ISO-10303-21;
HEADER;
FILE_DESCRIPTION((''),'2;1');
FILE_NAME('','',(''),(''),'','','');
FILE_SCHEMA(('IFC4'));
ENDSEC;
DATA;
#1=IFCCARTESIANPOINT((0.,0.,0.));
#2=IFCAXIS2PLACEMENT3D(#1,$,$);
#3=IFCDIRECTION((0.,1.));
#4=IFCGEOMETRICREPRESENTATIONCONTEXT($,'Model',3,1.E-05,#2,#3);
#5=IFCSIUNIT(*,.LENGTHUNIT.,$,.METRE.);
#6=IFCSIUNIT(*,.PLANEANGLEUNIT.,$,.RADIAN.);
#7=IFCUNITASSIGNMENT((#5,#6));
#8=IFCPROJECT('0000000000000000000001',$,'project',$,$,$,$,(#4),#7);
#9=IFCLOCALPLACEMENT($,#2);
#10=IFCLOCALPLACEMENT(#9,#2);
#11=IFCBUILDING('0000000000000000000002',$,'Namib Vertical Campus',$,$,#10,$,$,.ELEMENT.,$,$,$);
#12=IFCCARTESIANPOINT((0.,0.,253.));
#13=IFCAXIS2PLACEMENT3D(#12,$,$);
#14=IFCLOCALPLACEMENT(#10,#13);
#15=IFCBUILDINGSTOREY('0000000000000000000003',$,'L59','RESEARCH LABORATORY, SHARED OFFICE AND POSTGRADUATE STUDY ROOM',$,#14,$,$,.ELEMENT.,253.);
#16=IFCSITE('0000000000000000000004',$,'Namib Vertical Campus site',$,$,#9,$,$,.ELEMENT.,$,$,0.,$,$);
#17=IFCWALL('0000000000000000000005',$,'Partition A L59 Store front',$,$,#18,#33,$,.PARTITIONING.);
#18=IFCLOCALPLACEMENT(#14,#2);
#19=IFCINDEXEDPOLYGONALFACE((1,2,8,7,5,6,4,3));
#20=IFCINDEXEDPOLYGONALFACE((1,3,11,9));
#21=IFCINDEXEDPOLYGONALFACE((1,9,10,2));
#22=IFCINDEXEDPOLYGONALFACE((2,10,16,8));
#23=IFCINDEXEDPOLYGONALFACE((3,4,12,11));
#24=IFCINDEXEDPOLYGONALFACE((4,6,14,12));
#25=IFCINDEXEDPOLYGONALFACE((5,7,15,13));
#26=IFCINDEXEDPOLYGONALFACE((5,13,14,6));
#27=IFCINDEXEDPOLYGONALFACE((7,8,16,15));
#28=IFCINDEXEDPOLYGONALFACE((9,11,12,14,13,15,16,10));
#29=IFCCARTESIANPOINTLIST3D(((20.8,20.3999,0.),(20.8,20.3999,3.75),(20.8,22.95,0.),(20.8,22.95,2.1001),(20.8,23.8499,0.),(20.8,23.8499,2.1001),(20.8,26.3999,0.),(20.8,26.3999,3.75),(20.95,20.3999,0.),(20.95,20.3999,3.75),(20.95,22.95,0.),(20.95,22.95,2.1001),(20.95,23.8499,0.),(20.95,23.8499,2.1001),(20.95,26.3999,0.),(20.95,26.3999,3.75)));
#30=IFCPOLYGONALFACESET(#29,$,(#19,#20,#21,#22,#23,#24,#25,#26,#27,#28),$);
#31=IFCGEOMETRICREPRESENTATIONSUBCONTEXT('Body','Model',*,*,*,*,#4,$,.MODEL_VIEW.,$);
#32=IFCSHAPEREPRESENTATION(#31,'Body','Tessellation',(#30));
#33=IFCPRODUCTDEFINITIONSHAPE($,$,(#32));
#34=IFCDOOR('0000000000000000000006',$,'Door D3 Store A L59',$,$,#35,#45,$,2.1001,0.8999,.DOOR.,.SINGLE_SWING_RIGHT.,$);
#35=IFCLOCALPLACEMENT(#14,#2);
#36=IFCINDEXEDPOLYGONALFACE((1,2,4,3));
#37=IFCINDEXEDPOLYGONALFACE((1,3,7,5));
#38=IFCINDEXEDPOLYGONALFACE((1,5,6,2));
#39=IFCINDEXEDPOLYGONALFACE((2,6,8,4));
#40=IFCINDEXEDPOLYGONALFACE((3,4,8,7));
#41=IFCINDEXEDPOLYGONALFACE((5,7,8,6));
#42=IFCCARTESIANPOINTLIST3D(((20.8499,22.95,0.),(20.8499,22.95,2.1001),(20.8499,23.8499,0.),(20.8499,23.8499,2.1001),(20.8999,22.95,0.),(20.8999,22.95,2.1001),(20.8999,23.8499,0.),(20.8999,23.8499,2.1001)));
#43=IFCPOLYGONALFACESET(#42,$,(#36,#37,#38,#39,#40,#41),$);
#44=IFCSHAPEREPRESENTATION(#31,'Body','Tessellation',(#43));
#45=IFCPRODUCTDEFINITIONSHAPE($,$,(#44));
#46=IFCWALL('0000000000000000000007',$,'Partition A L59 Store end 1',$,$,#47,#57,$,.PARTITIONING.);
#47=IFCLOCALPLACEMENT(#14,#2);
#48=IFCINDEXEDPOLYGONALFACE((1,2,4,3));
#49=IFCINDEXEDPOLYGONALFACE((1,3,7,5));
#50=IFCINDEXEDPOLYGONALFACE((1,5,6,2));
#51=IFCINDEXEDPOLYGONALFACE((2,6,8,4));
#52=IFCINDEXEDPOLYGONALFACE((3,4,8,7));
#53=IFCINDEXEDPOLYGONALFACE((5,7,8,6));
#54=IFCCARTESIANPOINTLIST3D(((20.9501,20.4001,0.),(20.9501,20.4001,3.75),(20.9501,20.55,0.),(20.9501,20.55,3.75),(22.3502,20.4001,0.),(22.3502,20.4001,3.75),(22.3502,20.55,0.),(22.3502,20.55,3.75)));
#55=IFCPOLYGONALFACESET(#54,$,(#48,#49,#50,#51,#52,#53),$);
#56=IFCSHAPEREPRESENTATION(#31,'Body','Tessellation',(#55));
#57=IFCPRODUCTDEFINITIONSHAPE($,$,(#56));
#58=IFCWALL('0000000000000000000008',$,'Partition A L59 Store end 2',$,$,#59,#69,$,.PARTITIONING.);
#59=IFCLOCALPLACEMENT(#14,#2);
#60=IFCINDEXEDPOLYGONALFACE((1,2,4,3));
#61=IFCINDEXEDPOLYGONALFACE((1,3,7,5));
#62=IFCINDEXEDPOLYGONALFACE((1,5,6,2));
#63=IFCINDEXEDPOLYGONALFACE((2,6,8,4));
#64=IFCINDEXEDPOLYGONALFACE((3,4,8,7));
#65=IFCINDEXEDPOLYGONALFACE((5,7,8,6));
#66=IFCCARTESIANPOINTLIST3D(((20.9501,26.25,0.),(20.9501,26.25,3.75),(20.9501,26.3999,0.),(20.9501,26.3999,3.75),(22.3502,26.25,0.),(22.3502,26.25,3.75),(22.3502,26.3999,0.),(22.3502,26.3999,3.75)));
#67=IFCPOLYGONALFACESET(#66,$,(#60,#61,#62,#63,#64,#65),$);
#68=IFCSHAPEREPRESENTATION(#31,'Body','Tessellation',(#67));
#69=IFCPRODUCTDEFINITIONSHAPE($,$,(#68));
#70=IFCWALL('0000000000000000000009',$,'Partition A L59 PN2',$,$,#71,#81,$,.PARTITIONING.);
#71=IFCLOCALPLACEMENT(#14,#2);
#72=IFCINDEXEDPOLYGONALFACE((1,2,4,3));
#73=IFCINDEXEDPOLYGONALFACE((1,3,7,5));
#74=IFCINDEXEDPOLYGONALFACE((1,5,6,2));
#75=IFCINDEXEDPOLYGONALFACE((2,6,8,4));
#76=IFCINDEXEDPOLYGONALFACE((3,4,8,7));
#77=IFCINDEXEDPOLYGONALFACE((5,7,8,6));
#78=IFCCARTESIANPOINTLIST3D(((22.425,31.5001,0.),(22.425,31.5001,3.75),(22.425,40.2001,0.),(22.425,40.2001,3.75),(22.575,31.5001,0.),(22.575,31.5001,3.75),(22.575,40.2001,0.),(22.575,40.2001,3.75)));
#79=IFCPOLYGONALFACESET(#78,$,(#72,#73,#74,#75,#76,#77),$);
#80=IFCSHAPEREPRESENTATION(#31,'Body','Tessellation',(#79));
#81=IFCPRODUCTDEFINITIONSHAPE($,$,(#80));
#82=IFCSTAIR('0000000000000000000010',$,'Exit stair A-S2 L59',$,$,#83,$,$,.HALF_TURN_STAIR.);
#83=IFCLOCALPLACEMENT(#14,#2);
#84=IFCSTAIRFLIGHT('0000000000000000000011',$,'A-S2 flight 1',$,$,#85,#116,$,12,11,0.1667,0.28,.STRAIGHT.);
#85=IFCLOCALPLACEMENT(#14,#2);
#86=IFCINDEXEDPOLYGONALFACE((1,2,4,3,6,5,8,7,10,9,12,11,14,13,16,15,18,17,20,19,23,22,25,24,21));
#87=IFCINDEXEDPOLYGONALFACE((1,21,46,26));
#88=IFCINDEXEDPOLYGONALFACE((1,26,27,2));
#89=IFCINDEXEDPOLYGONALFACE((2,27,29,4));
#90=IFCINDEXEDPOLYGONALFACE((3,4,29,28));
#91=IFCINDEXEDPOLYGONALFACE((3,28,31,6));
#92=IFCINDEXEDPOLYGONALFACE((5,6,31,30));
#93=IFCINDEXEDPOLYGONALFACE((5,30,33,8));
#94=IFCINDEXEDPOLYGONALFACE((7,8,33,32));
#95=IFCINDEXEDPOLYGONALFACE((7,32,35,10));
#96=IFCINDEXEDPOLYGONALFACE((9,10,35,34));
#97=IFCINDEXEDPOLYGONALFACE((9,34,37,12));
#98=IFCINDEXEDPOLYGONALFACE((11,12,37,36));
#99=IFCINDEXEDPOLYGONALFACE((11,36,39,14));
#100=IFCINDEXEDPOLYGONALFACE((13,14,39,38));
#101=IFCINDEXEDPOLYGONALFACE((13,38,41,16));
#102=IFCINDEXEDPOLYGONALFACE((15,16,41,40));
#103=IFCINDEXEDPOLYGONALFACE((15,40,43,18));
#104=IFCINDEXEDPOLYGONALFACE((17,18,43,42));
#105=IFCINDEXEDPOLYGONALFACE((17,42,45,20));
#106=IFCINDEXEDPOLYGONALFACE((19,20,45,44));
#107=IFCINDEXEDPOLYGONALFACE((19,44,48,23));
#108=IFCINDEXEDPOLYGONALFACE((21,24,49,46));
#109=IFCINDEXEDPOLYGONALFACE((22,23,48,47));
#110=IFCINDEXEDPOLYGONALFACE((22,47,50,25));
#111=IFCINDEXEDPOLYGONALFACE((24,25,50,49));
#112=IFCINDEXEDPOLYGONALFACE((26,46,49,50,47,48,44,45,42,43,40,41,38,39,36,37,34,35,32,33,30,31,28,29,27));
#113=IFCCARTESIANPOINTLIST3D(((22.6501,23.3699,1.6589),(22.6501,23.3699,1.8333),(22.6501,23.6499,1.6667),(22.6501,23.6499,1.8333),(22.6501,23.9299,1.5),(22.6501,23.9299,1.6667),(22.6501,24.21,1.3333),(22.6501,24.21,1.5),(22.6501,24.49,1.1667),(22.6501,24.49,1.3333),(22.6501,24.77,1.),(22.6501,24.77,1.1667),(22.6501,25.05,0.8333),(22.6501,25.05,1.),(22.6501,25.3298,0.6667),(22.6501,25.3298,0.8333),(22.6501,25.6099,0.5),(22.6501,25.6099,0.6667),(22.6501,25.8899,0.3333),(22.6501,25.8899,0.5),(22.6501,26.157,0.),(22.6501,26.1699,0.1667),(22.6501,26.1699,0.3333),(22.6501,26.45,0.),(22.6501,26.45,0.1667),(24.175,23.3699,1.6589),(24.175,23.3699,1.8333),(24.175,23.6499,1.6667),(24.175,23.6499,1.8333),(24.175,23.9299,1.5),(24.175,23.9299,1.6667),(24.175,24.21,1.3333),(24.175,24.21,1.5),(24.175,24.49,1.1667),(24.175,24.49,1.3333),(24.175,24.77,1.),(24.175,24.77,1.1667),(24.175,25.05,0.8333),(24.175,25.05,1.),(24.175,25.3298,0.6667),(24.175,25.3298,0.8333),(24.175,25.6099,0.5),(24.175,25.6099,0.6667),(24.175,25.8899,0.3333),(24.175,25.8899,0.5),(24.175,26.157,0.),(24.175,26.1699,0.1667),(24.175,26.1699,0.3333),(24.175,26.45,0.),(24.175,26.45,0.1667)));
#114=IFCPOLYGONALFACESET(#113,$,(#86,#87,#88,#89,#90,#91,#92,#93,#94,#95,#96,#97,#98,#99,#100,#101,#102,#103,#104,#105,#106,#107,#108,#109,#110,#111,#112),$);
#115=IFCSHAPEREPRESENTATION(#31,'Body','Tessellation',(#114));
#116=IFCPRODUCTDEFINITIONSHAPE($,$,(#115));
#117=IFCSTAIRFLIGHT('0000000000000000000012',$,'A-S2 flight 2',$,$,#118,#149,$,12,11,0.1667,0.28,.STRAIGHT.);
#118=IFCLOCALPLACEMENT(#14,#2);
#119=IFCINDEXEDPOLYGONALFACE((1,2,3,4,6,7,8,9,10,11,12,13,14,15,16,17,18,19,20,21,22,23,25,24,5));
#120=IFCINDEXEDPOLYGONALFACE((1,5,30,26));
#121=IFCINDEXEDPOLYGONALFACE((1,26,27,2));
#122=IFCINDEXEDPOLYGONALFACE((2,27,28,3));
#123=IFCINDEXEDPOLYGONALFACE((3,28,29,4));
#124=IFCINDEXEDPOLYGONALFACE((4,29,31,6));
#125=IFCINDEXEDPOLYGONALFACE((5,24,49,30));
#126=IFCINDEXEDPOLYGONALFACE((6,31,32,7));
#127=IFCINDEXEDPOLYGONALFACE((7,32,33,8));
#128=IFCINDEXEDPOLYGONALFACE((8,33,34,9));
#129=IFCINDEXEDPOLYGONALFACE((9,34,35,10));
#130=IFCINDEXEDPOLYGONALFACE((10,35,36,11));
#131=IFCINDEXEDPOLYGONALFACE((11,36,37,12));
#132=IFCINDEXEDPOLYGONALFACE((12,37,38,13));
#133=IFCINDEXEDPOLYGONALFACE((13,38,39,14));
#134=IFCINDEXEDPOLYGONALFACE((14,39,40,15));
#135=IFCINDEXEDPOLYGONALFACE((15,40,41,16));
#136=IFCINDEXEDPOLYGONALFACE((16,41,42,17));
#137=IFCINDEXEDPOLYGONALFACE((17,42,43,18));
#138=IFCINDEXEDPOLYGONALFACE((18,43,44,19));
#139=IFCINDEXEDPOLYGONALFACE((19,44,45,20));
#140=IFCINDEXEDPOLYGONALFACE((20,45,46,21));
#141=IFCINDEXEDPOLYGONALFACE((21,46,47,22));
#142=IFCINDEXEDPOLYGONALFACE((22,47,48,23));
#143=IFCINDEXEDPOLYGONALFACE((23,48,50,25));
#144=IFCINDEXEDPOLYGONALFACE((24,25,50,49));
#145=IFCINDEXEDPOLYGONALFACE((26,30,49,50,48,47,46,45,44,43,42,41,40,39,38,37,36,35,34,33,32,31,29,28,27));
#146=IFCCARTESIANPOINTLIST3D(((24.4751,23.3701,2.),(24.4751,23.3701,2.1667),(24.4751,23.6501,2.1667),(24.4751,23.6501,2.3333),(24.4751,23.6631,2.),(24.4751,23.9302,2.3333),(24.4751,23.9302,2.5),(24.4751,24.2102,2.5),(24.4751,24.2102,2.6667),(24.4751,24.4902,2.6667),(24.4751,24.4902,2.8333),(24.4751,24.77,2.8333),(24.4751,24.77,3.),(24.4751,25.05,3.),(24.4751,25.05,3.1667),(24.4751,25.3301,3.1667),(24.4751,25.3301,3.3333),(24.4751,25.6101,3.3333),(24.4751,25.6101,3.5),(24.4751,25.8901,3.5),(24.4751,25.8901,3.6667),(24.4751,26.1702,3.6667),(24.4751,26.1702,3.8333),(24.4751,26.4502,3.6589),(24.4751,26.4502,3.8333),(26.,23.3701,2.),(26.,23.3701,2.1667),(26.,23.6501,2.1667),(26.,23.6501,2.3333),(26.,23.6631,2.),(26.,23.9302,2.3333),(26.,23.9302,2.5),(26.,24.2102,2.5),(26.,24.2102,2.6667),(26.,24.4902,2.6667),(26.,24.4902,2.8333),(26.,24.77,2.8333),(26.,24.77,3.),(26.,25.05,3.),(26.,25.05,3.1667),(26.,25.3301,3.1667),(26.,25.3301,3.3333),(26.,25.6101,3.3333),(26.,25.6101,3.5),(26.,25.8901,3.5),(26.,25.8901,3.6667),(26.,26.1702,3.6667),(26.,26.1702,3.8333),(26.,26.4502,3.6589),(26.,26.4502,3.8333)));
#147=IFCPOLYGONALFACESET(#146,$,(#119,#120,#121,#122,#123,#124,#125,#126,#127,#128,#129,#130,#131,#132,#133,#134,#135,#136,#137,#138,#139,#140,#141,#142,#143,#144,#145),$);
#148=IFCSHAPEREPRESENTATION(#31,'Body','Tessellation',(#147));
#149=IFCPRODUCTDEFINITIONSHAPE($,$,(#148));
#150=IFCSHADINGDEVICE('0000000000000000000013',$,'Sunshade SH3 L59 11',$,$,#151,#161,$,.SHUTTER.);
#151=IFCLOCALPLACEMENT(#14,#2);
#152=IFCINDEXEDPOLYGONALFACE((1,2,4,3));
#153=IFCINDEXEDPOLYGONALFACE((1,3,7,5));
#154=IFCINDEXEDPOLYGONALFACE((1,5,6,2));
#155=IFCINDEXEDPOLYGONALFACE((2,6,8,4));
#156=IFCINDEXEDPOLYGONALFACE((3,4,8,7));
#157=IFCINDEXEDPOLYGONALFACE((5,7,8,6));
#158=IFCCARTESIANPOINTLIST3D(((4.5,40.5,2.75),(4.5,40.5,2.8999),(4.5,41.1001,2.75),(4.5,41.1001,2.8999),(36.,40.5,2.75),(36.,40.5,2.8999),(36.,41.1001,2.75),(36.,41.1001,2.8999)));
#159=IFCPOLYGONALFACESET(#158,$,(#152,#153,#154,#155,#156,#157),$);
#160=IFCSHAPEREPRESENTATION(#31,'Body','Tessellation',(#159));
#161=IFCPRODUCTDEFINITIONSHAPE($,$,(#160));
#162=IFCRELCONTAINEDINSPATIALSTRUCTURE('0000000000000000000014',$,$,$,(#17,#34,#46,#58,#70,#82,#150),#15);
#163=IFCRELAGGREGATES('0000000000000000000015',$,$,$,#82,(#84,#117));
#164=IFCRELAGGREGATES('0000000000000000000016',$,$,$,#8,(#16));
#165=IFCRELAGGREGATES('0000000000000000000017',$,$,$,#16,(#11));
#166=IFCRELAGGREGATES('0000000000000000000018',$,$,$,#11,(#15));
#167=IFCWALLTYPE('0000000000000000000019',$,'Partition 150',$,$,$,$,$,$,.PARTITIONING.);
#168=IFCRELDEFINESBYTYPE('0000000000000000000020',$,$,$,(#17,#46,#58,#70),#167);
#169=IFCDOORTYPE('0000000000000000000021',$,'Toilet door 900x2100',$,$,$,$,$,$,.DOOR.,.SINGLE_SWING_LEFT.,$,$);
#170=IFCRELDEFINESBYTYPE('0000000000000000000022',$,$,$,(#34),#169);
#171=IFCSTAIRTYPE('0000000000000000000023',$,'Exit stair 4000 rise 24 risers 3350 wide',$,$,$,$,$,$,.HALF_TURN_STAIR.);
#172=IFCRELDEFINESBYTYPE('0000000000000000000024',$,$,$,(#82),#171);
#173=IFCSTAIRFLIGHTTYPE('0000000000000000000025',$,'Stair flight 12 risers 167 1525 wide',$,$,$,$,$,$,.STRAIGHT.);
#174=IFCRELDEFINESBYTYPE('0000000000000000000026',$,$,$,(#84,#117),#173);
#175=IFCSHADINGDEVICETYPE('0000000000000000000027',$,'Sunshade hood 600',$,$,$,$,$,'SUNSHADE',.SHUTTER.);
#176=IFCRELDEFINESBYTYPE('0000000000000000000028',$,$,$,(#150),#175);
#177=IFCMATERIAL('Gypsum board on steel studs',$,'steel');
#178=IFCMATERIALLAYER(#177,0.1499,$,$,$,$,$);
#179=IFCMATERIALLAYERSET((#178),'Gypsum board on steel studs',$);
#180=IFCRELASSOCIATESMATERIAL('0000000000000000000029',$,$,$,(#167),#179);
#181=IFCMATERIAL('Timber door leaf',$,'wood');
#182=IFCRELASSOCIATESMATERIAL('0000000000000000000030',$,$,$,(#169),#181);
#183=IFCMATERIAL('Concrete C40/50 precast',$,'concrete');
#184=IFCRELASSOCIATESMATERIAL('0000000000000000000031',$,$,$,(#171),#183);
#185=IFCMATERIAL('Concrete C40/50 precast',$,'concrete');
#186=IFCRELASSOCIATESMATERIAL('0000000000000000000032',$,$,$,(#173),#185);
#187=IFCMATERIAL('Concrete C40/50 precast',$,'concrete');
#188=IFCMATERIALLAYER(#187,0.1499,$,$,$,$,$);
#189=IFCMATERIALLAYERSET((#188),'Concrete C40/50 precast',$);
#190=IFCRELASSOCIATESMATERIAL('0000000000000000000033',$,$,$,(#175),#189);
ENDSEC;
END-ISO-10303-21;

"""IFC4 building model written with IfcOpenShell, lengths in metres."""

from ifc_helpers import new_model, si_unit, direction, frame, frame_2d, origin, origin_2d, place, context, subcontext, project, spatial, polyline, rectangle, outline, extrude, material, layer, layer_set, type_object, element, fill, aggregate, save


model = new_model("IFC4")

# Units and contexts
model_context = context("Model", 3, precision=1e-05, world=origin(), true_north=direction((0.0, 1.0)))
body_context = subcontext(model_context, "Body", "Model", "MODEL_VIEW")
ifc_project = project(units=[si_unit("LENGTHUNIT", "METRE"), si_unit("PLANEANGLEUNIT", "RADIAN")], contexts=[model_context])

# Site, building, storey
site_placement = place(None, origin())
site = spatial("IfcSite", under=ifc_project, at=site_placement, Name="Namib Vertical Campus site", CompositionType="ELEMENT", RefElevation=0.0)
building_placement = place(site_placement, origin())
building = spatial("IfcBuilding", under=site, at=building_placement, Name="Namib Vertical Campus", CompositionType="ELEMENT")
storey_placement = place(building_placement, frame((0.0, 0.0, 253.0)))
storey = spatial("IfcBuildingStorey", under=building, at=storey_placement, Name="L59", Description="RESEARCH LABORATORY, SHARED OFFICE AND POSTGRADUATE STUDY ROOM", CompositionType="ELEMENT", Elevation=253.0)

# Wall, opening, door
ifc_material_1 = material(Name="Gypsum board on steel studs", Category="steel")
ifc_layer_1 = layer(ifc_material_1, 0.1499)
ifc_layer_set_1 = layer_set([ifc_layer_1], Name="Gypsum board on steel studs")
wall_type_1 = type_object("IfcWallType", Name="Partition 150", PredefinedType="PARTITIONING", material=ifc_layer_set_1)
wall_1_placement = place(storey_placement, frame((20.875, 20.3999, 0.0), z_axis=(0.0, 0.0, 1.0), x_axis=(0.0, 1.0, 0.0)))
wall_1 = element("IfcWall", 1, at=wall_1_placement, inside=storey, type_object=wall_type_1, Name="Partition A L59 Store front", PredefinedType="PARTITIONING", context=body_context, shape_type="SweptSolid", body=[
    extrude(rectangle(XDim=6.0, YDim=0.1499, at=frame_2d((3.0, 0.0))), origin(), (0.0, 0.0, 1.0), 3.75),
])
opening_1_placement = place(wall_1_placement, frame((2.55, 0.0, 0.0)))
opening_1 = element("IfcOpeningElement", 2, at=opening_1_placement, cuts=wall_1, PredefinedType="OPENING", context=body_context, shape_type="SweptSolid", body=[
    extrude(rectangle(XDim=0.8999, YDim=2.1001, at=frame_2d((0.45, 1.05))), frame((0.0, 0.085, 0.0), z_axis=(0.0, -1.0, 0.0), x_axis=(1.0, 0.0, 0.0)), (0.0, 0.0, 1.0), 0.1699),
])
ifc_material_2 = material(Name="Timber door leaf", Category="wood")
door_type_1 = type_object("IfcDoorType", Name="Toilet door 900x2100", OperationType="SINGLE_SWING_LEFT", PredefinedType="DOOR", material=ifc_material_2)
door_1_placement = place(opening_1_placement, frame((0.8999, 0.0, 0.0), z_axis=(0.0, 0.0, 1.0), x_axis=(-1.0, 0.0, 0.0)))
door_1 = element("IfcDoor", 3, at=door_1_placement, inside=storey, type_object=door_type_1, Name="Door D3 Store A L59", OperationType="SINGLE_SWING_RIGHT", OverallHeight=2.1001, OverallWidth=0.8999, PredefinedType="DOOR", context=body_context, shape_type="SweptSolid", body=[
    extrude(rectangle(XDim=0.8999, YDim=2.1001, at=frame_2d((0.45, 1.05))), frame((0.0, 0.0249, 0.0), z_axis=(0.0, -1.0, 0.0), x_axis=(1.0, 0.0, 0.0)), (0.0, 0.0, 1.0), 0.05),
])
fill(opening_1, door_1)

# Walls
for number, where, z_axis, x_axis, name in (
    (4, (20.95, 20.4751, 0.0), (0.0, 0.0, 1.0), (1.0, 0.0, 0.0), "Partition A L59 Store end 1"),
    (5, (20.95, 26.325, 0.0), (0.0, 0.0, 1.0), (1.0, 0.0, 0.0), "Partition A L59 Store end 2"),
):
    element("IfcWall", number, at=place(storey_placement, frame(where, z_axis=z_axis, x_axis=x_axis)), inside=storey, type_object=wall_type_1, Name=name, PredefinedType="PARTITIONING", context=body_context, shape_type="SweptSolid", body=[
        extrude(rectangle(XDim=1.4001, YDim=0.1499, at=frame_2d((0.7002, 0.0))), origin(), (0.0, 0.0, 1.0), 3.75),
    ])
wall_2_placement = place(storey_placement, frame((22.5, 31.5, 0.0), z_axis=(0.0, 0.0, 1.0), x_axis=(0.0, 1.0, 0.0)))
element("IfcWall", 6, at=wall_2_placement, inside=storey, type_object=wall_type_1, Name="Partition A L59 PN2", PredefinedType="PARTITIONING", context=body_context, shape_type="SweptSolid", body=[
    extrude(rectangle(XDim=8.7, YDim=0.1499, at=frame_2d((4.3501, 0.0))), origin(), (0.0, 0.0, 1.0), 3.75),
])

# Stair, stair flights
ifc_material_3 = material(Name="Concrete C40/50 precast", Category="concrete")
stair_type = type_object("IfcStairType", Name="Exit stair 4000 rise 24 risers 3350 wide", PredefinedType="HALF_TURN_STAIR", material=ifc_material_3)
stair_placement = place(storey_placement, origin())
stair = element("IfcStair", 7, at=stair_placement, inside=storey, type_object=stair_type, Name="Exit stair A-S2 L59", PredefinedType="HALF_TURN_STAIR")
ifc_material_4 = material(Name="Concrete C40/50 precast", Category="concrete")
stair_flight_type = type_object("IfcStairFlightType", Name="Stair flight 12 risers 167 1525 wide", PredefinedType="STRAIGHT", material=ifc_material_4)
stair_flight_1_placement = place(storey_placement, frame((23.4126, 26.45, 0.0), z_axis=(0.0, 0.0, 1.0), x_axis=(0.0, -1.0, 0.0)))
stair_flight_1 = element("IfcStairFlight", 8, at=stair_flight_1_placement, type_object=stair_flight_type, Name="A-S2 flight 1", NumberOfRisers=12, NumberOfTreads=11, PredefinedType="STRAIGHT", RiserHeight=0.1667, TreadLength=0.28, context=body_context, shape_type="SweptSolid", body=[
    extrude(outline(polyline([(0.0, 0.0), (0.0, 0.1667), (0.28, 0.1667), (0.28, 0.3333), (0.5601, 0.3333), (0.5601, 0.5), (0.8401, 0.5), (0.8401, 0.6667), (1.1201, 0.6667), (1.1201, 0.8333), (1.3999, 0.8333), (1.3999, 1.0), (1.6799, 1.0), (1.6799, 1.1667), (1.96, 1.1667), (1.96, 1.3333), (2.24, 1.3333), (2.24, 1.5), (2.52, 1.5), (2.52, 1.6667), (2.8, 1.6667), (2.8, 1.8333), (3.0801, 1.8333), (3.0801, 2.0), (3.0801, 1.6589), (0.293, 0.0), (0.0, 0.0)])), frame((0.0, 0.7625, 0.0), z_axis=(0.0, -1.0, 0.0), x_axis=(1.0, 0.0, 0.0)), (0.0, 0.0, 1.0), 1.5249),
])
stair_flight_2_placement = place(storey_placement, frame((25.2375, 23.3701, 2.0), z_axis=(0.0, 0.0, 1.0), x_axis=(0.0, 1.0, 0.0)))
stair_flight_2 = element("IfcStairFlight", 9, at=stair_flight_2_placement, type_object=stair_flight_type, Name="A-S2 flight 2", NumberOfRisers=12, NumberOfTreads=11, PredefinedType="STRAIGHT", RiserHeight=0.1667, TreadLength=0.28, context=body_context, shape_type="SweptSolid", body=[
    extrude(outline(polyline([(0.0, 0.0), (0.0, 0.1667), (0.28, 0.1667), (0.28, 0.3333), (0.5601, 0.3333), (0.5601, 0.5), (0.8401, 0.5), (0.8401, 0.6667), (1.1201, 0.6667), (1.1201, 0.8333), (1.3999, 0.8333), (1.3999, 1.0), (1.6799, 1.0), (1.6799, 1.1667), (1.96, 1.1667), (1.96, 1.3333), (2.24, 1.3333), (2.24, 1.5), (2.52, 1.5), (2.52, 1.6667), (2.8, 1.6667), (2.8, 1.8333), (3.0801, 1.8333), (3.0801, 2.0), (3.0801, 1.6589), (0.293, 0.0), (0.0, 0.0)])), frame((0.0, 0.7625, 0.0), z_axis=(0.0, -1.0, 0.0), x_axis=(1.0, 0.0, 0.0)), (0.0, 0.0, 1.0), 1.5249),
])
aggregate(stair, [stair_flight_1, stair_flight_2])

# Shading device
ifc_material_5 = material(Name="Concrete C40/50 precast", Category="concrete")
ifc_layer_2 = layer(ifc_material_5, 0.1499)
ifc_layer_set_2 = layer_set([ifc_layer_2], Name="Concrete C40/50 precast")
shading_device_type = type_object("IfcShadingDeviceType", Name="Sunshade hood 600", ElementType="SUNSHADE", PredefinedType="SHUTTER", material=ifc_layer_set_2)
shading_device_placement = place(storey_placement, frame((20.25, 40.8, 2.75), z_axis=(0.0, 0.0, 1.0), x_axis=(-1.0, 0.0, 0.0)))
element("IfcShadingDevice", 10, at=shading_device_placement, inside=storey, type_object=shading_device_type, Name="Sunshade SH3 L59 11", PredefinedType="SHUTTER", context=body_context, shape_type="SweptSolid", body=[
    extrude(rectangle(XDim=31.5, YDim=0.6001, at=origin_2d()), origin(), (0.0, 0.0, 1.0), 0.1499),
])

save(model, "model.ifc")
